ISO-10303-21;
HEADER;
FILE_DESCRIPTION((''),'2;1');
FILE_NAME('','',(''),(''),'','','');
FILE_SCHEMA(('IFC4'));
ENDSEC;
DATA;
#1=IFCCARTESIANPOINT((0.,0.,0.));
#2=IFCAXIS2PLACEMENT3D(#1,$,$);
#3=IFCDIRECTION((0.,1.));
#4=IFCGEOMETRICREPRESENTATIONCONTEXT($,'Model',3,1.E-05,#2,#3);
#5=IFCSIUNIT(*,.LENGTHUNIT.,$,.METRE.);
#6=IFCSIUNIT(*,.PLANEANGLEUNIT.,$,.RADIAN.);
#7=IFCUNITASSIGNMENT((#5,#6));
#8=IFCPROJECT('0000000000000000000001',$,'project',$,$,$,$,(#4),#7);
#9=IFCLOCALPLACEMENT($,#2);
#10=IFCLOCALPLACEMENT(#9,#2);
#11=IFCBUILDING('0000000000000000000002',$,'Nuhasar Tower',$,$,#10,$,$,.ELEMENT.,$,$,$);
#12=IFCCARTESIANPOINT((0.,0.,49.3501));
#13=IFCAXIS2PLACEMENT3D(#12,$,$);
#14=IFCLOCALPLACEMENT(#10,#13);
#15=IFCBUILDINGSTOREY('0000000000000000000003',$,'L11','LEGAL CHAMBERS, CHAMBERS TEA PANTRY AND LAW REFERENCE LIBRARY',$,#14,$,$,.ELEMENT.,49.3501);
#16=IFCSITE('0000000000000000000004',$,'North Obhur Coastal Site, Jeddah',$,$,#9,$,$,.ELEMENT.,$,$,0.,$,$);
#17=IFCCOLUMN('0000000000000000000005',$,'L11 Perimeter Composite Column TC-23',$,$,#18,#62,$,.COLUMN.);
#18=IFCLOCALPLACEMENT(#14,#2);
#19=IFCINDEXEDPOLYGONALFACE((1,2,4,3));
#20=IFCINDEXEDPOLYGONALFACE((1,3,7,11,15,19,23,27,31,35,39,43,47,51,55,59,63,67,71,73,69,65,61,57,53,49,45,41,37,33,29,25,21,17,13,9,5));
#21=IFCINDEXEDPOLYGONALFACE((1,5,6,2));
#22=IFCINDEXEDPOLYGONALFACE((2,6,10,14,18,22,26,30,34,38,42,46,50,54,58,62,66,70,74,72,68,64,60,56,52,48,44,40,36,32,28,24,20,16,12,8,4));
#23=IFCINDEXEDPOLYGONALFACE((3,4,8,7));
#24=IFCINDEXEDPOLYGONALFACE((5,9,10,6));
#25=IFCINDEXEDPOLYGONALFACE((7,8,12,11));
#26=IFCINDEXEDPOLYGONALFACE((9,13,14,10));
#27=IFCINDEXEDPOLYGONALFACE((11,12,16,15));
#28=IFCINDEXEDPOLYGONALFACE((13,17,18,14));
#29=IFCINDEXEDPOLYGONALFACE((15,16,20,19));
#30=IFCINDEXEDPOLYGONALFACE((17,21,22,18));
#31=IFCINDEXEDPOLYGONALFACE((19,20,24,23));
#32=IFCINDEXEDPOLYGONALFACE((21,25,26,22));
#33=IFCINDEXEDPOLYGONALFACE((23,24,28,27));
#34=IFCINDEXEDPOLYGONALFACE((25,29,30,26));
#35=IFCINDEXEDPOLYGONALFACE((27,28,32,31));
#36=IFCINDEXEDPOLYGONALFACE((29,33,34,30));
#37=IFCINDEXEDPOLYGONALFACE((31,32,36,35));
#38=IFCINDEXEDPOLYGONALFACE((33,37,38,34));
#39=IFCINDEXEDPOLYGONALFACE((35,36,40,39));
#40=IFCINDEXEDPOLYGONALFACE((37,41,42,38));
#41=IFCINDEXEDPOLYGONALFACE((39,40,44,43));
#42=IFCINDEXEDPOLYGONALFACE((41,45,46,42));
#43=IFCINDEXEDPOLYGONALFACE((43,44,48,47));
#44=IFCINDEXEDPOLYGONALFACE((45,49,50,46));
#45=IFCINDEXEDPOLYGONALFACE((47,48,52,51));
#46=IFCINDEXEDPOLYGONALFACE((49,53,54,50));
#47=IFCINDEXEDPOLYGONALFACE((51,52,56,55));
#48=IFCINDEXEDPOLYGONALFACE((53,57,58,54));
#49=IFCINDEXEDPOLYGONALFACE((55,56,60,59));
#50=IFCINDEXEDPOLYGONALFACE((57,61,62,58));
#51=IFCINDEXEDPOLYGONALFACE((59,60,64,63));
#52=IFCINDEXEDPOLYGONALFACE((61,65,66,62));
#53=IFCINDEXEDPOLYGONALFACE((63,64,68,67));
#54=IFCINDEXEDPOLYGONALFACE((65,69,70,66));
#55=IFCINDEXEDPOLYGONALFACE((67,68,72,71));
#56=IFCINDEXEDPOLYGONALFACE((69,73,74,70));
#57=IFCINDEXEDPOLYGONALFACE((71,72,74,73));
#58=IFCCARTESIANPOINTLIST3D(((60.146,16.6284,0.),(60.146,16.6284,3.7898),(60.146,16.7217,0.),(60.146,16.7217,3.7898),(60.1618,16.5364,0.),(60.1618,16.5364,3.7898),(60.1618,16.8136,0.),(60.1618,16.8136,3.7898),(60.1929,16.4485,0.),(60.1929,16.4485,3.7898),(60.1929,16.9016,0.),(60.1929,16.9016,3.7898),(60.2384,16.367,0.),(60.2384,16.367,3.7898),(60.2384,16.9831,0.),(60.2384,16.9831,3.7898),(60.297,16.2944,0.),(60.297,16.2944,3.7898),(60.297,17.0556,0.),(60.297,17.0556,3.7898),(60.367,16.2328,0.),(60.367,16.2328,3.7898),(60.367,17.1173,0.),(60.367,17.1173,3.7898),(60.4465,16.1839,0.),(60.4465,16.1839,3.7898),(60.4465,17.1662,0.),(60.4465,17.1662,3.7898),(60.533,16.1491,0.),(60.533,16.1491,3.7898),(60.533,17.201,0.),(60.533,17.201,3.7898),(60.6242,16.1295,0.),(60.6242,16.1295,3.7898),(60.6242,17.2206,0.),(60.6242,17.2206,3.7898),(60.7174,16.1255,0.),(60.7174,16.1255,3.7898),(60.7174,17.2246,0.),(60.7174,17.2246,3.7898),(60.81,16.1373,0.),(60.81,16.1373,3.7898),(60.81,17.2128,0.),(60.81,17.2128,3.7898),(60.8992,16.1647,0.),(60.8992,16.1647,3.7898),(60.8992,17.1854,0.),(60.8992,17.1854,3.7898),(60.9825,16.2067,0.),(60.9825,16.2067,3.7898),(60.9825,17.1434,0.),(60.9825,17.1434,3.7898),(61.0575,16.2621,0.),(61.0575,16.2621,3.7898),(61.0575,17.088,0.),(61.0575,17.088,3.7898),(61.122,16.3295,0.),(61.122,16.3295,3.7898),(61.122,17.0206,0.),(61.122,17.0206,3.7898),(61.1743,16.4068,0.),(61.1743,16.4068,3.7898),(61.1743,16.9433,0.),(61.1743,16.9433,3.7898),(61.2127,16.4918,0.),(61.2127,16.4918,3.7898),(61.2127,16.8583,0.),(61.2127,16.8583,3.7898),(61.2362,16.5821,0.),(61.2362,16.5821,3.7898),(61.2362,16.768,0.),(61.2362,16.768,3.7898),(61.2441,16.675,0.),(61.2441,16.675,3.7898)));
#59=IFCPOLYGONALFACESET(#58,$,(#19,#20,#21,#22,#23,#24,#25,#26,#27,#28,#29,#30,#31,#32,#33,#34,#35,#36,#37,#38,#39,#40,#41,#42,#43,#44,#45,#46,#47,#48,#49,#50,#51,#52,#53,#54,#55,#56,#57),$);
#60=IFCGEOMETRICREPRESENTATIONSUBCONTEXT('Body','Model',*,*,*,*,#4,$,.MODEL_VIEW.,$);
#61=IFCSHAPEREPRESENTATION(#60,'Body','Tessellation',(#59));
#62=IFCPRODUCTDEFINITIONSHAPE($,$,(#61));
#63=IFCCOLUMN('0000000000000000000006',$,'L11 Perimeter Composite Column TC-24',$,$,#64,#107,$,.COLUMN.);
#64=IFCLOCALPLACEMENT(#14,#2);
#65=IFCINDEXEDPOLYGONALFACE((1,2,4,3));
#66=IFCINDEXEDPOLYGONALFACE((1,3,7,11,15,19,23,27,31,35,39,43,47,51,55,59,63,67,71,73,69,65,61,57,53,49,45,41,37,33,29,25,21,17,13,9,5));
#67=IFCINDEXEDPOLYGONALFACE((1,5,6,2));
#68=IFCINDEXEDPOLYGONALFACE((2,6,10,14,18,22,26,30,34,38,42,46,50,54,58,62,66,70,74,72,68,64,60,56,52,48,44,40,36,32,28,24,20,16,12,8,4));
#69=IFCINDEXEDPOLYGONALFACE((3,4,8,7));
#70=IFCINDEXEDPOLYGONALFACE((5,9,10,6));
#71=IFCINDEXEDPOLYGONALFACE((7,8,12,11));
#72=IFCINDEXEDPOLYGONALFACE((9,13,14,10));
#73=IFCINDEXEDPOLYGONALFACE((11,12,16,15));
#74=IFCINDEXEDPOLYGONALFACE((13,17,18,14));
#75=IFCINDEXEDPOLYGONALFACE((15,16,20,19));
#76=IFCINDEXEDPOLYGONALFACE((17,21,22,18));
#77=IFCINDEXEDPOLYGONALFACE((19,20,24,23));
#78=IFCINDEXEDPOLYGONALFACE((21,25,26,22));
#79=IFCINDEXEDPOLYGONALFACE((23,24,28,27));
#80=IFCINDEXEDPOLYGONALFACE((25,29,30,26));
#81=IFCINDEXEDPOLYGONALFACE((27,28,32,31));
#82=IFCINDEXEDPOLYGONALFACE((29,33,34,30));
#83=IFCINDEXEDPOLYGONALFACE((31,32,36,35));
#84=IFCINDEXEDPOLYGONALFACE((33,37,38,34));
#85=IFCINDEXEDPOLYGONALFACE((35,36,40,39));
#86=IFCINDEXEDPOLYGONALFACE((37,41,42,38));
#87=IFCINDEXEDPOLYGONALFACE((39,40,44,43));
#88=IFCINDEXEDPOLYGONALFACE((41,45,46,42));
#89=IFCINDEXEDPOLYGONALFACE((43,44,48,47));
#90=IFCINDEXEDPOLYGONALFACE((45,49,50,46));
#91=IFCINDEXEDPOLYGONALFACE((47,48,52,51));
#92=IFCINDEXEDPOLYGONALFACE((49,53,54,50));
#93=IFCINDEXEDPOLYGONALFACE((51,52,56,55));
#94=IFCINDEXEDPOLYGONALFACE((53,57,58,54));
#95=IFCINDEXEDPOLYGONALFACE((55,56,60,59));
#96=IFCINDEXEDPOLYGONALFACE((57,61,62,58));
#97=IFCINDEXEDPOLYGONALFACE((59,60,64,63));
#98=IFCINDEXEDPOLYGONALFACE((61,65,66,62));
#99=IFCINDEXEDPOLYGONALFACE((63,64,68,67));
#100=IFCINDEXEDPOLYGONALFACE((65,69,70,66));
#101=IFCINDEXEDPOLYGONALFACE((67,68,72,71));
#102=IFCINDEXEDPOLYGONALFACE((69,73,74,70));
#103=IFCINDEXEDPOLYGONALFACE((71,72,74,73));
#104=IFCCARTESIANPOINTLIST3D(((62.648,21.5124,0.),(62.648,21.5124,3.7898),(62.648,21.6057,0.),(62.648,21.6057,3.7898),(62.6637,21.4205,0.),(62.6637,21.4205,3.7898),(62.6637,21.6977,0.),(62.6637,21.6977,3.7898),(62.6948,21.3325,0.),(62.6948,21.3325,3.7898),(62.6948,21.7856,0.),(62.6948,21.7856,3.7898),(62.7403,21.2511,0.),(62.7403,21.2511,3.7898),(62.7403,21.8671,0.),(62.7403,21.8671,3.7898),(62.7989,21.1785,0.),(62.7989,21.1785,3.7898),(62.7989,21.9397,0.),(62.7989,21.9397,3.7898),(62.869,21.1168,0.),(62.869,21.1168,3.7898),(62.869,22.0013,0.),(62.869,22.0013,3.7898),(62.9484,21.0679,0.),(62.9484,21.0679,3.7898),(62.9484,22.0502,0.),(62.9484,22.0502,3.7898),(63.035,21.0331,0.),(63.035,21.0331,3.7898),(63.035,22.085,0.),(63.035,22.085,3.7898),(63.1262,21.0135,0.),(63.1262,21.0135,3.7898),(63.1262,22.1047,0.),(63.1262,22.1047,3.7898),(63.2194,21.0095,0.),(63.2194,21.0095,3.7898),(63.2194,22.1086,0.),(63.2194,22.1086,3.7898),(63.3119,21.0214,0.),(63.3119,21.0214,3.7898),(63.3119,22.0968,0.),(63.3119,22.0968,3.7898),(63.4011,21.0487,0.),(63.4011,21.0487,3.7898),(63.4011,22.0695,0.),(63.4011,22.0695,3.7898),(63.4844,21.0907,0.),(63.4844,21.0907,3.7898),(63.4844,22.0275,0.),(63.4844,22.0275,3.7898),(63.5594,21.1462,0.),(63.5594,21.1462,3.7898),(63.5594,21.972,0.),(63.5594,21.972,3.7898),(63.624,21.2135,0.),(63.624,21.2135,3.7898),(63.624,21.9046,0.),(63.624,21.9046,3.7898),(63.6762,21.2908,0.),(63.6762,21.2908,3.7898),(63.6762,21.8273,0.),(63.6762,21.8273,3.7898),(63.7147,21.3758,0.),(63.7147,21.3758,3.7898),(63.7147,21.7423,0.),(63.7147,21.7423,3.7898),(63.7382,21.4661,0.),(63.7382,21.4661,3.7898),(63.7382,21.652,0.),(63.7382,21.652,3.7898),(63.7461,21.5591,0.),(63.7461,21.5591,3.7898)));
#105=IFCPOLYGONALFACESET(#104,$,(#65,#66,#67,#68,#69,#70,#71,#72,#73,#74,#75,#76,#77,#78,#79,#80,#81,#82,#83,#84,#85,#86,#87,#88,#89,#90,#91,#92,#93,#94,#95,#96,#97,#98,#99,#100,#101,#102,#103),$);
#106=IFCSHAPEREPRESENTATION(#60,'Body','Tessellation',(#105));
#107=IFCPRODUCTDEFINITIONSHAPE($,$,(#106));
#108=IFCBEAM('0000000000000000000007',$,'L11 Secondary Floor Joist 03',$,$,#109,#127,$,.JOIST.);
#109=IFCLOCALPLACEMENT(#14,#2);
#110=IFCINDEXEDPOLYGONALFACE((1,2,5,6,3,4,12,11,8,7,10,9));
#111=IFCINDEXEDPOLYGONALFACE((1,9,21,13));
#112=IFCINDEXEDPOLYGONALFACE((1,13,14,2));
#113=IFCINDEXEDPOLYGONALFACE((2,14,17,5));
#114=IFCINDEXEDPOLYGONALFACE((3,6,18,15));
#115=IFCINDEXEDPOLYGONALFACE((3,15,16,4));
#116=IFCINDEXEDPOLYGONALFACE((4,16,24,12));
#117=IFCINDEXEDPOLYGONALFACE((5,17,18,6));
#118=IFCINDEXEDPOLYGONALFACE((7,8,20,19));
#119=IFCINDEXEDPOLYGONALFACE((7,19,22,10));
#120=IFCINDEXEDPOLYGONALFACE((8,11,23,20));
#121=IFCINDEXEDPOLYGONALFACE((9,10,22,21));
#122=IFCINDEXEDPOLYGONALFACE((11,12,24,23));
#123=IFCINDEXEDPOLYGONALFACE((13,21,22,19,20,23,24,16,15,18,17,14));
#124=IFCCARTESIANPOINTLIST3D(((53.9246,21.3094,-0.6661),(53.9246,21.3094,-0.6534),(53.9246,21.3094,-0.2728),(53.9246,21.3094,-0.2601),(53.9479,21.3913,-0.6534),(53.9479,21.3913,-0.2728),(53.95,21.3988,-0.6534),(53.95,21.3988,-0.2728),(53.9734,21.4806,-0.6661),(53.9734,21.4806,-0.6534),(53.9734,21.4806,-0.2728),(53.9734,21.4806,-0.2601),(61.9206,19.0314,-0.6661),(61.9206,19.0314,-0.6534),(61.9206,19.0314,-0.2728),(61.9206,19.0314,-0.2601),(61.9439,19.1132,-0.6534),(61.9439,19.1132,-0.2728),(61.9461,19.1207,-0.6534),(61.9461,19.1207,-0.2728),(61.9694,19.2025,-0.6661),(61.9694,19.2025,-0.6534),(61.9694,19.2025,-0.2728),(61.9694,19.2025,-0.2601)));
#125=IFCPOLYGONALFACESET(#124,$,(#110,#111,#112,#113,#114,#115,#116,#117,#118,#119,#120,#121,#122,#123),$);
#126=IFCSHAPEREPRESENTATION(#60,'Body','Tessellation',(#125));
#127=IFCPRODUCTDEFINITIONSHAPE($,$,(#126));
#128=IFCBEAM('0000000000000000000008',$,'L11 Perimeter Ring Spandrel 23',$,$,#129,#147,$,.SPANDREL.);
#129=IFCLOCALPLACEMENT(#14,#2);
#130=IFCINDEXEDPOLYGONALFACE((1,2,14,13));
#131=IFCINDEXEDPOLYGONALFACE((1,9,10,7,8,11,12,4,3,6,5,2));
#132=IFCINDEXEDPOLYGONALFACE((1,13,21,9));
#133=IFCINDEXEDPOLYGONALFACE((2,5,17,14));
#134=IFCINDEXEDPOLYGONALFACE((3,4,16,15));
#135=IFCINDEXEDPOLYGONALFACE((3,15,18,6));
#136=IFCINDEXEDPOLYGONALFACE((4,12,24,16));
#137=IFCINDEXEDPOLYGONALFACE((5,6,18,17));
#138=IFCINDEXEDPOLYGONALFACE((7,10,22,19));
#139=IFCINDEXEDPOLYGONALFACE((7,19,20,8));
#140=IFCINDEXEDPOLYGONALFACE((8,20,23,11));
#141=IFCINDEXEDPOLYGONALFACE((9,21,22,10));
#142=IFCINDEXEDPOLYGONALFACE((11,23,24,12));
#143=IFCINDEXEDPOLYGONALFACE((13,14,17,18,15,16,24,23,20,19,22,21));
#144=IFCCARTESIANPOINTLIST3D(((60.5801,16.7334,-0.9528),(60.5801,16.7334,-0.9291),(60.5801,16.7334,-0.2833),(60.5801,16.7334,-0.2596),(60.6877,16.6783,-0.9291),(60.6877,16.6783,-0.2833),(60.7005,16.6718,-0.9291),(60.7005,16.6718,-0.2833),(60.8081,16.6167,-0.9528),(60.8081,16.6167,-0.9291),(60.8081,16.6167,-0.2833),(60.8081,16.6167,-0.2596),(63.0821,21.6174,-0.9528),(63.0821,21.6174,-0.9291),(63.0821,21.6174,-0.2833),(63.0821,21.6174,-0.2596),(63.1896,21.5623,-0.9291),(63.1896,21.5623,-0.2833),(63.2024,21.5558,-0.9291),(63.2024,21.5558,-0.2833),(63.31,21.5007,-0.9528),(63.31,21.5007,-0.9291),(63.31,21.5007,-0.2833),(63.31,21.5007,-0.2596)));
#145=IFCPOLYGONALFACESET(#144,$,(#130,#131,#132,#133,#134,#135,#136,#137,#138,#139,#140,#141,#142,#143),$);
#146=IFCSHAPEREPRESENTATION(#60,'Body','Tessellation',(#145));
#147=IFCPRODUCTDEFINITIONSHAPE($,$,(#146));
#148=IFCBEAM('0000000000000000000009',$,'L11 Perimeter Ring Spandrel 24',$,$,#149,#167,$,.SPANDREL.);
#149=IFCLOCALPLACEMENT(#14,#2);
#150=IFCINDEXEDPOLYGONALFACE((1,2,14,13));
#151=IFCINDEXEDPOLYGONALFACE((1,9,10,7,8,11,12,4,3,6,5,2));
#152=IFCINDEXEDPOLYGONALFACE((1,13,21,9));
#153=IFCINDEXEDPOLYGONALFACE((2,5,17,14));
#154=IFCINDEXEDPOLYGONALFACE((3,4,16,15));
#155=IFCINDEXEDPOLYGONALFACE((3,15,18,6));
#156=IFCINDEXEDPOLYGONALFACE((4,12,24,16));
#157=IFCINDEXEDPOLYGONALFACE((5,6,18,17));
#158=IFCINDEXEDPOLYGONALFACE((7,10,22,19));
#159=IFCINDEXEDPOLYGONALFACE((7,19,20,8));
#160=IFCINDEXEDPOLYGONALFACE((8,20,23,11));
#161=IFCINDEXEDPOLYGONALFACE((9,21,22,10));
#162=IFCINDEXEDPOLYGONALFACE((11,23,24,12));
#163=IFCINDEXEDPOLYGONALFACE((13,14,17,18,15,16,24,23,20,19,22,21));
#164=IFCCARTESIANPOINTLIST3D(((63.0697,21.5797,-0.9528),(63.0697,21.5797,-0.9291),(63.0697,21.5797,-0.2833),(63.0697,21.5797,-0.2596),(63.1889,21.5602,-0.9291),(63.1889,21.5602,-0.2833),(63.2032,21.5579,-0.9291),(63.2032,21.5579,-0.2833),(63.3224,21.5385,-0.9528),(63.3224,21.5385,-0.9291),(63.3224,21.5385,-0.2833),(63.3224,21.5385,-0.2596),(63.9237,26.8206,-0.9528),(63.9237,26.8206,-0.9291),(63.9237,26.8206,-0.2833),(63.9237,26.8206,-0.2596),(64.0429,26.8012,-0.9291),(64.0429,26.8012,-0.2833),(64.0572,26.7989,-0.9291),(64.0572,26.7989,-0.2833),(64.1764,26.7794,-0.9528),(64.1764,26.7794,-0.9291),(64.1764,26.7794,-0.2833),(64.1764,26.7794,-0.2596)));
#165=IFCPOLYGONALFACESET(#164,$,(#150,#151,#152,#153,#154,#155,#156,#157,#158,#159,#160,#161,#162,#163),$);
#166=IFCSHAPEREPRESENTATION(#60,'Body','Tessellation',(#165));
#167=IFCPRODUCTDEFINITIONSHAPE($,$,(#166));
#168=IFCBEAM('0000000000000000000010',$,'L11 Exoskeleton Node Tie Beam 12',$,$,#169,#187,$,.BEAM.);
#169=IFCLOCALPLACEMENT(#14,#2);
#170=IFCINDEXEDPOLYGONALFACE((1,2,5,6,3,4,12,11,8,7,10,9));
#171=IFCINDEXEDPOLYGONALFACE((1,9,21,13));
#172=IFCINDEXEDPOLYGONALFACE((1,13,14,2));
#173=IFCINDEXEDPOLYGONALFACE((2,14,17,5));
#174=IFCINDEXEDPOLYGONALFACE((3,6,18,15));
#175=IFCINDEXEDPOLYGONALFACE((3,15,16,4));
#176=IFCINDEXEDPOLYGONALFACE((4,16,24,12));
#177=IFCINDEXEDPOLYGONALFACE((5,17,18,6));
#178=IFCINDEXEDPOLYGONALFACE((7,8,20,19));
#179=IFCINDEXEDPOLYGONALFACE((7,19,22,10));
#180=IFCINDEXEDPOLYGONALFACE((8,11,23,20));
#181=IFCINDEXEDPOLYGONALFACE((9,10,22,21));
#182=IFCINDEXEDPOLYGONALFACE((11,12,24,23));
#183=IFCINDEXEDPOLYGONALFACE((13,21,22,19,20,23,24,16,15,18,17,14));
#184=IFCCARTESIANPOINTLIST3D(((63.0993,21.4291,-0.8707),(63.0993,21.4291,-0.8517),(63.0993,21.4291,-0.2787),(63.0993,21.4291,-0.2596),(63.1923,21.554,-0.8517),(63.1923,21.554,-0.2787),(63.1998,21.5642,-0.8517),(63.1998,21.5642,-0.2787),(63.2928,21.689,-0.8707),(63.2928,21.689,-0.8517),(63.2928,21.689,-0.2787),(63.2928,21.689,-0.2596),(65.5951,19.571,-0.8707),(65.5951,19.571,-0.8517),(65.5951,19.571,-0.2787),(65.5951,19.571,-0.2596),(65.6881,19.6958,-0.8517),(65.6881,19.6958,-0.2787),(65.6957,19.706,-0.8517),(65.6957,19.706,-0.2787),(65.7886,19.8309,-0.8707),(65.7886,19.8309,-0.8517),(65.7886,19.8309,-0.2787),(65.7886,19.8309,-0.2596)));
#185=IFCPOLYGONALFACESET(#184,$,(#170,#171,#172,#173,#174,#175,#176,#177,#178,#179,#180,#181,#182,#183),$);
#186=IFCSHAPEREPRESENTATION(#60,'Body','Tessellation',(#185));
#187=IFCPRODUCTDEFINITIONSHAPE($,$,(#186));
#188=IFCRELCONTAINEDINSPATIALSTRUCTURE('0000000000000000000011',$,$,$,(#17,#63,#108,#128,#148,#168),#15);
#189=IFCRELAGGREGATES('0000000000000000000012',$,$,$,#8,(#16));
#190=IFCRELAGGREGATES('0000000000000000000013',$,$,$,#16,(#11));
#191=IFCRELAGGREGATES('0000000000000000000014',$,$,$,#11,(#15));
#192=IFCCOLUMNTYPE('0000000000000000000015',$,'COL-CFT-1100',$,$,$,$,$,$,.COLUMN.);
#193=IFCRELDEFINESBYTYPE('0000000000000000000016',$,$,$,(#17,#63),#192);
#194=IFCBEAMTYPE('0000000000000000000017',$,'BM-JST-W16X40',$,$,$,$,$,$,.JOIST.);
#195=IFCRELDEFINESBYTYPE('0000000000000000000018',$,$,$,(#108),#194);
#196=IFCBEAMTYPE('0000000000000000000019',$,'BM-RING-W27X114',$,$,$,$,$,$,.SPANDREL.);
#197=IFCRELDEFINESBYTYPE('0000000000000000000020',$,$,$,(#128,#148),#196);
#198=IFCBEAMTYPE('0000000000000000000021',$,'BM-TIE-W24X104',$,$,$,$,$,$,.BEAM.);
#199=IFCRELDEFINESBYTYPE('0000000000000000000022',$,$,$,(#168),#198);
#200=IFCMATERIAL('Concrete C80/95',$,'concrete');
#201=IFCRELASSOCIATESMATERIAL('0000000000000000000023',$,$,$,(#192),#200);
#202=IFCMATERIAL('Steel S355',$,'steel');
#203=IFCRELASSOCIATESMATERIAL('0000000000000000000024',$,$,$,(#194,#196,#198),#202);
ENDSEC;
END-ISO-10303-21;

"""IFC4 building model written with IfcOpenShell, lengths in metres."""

from ifc_helpers import new_model, si_unit, direction, frame, origin, origin_2d, place, context, subcontext, project, spatial, circle, i_section, extrude, material, material_profile, profile_set, type_object, element, save


model = new_model("IFC4")

# Units and contexts
model_context = context("Model", 3, precision=1e-05, world=origin(), true_north=direction((0.0, 1.0)))
body_context = subcontext(model_context, "Body", "Model", "MODEL_VIEW")
ifc_project = project(units=[si_unit("LENGTHUNIT", "METRE"), si_unit("PLANEANGLEUNIT", "RADIAN")], contexts=[model_context])

# Site, building, storey
site_placement = place(None, origin())
site = spatial("IfcSite", under=ifc_project, at=site_placement, Name="North Obhur Coastal Site, Jeddah", CompositionType="ELEMENT", RefElevation=0.0)
building_placement = place(site_placement, origin())
building = spatial("IfcBuilding", under=site, at=building_placement, Name="Nuhasar Tower", CompositionType="ELEMENT")
storey_placement = place(building_placement, frame((0.0, 0.0, 49.3501)))
storey = spatial("IfcBuildingStorey", under=building, at=storey_placement, Name="L11", Description="LEGAL CHAMBERS, CHAMBERS TEA PANTRY AND LAW REFERENCE LIBRARY", CompositionType="ELEMENT", Elevation=49.3501)

# Columns
ifc_material_1 = material(Name="Concrete C80/95", Category="concrete")
ifc_material_profile_1 = material_profile(ifc_material_1, circle(Radius=0.55, at=origin_2d()), Name="CFT1100")
ifc_profile_set_1 = profile_set([ifc_material_profile_1], Name="Concrete C80/95")
column_type = type_object("IfcColumnType", Name="COL-CFT-1100", PredefinedType="COLUMN", material=ifc_profile_set_1)
for number, where, z_axis, x_axis, name in (
    (1, (60.6941, 16.675, 0.0), (0.0, 0.0, 1.0), (1.0, 0.0, 0.0), "L11 Perimeter Composite Column TC-23"),
    (2, (63.196, 21.5591, 0.0), (0.0, 0.0, 1.0), (1.0, 0.0, 0.0), "L11 Perimeter Composite Column TC-24"),
):
    element("IfcColumn", number, at=place(storey_placement, frame(where, z_axis=z_axis, x_axis=x_axis)), inside=storey, type_object=column_type, Name=name, PredefinedType="COLUMN", context=body_context, shape_type="SweptSolid", body=[
        extrude(circle(Radius=0.55, at=origin_2d()), origin(), (0.0, 0.0, 1.0), 3.7898),
    ])

# Beams
ifc_material_2 = material(Name="Steel S355", Category="steel")
ifc_material_profile_2 = material_profile(ifc_material_2, i_section(OverallWidth=0.178, OverallDepth=0.406, WebThickness=0.0078, FlangeThickness=0.0127, at=origin_2d()), Name="W16X40")
ifc_profile_set_2 = profile_set([ifc_material_profile_2], Name="Steel S355")
beam_type_1 = type_object("IfcBeamType", Name="BM-JST-W16X40", PredefinedType="JOIST", material=ifc_profile_set_2)
beam_1_placement = place(storey_placement, frame((53.949, 21.395, -0.4631), z_axis=(0.961731, -0.273996, 0.0), x_axis=(0.273996, 0.961731, 0.0)))
element("IfcBeam", 3, at=beam_1_placement, inside=storey, type_object=beam_type_1, Name="L11 Secondary Floor Joist 03", PredefinedType="JOIST", context=body_context, shape_type="SweptSolid", body=[
    extrude(i_section(OverallWidth=0.178, OverallDepth=0.406, WebThickness=0.0078, FlangeThickness=0.0127, at=origin_2d()), origin(), (0.0, 0.0, 1.0), 8.3142),
])
ifc_material_profile_3 = material_profile(ifc_material_2, i_section(OverallWidth=0.2561, OverallDepth=0.6931, WebThickness=0.0144, FlangeThickness=0.0237, at=origin_2d()), Name="W27X114")
ifc_profile_set_3 = profile_set([ifc_material_profile_3], Name="Steel S355")
beam_type_2 = type_object("IfcBeamType", Name="BM-RING-W27X114", PredefinedType="SPANDREL", material=ifc_profile_set_3)
beam_2_placement = place(storey_placement, frame((60.6941, 16.675, -0.6062), z_axis=(0.45593, 0.890016, 0.0), x_axis=(-0.890016, 0.45593, 0.0)))
element("IfcBeam", 4, at=beam_2_placement, inside=storey, type_object=beam_type_2, Name="L11 Perimeter Ring Spandrel 23", PredefinedType="SPANDREL", context=body_context, shape_type="SweptSolid", body=[
    extrude(i_section(OverallWidth=0.2561, OverallDepth=0.6931, WebThickness=0.0144, FlangeThickness=0.0237, at=origin_2d()), origin(), (0.0, 0.0, 1.0), 5.4875),
])
beam_3_placement = place(storey_placement, frame((63.196, 21.5591, -0.6062), z_axis=(0.160827, 0.986983, 0.0), x_axis=(-0.986983, 0.160827, 0.0)))
element("IfcBeam", 5, at=beam_3_placement, inside=storey, type_object=beam_type_2, Name="L11 Perimeter Ring Spandrel 24", PredefinedType="SPANDREL", context=body_context, shape_type="SweptSolid", body=[
    extrude(i_section(OverallWidth=0.2561, OverallDepth=0.6931, WebThickness=0.0144, FlangeThickness=0.0237, at=origin_2d()), origin(), (0.0, 0.0, 1.0), 5.3101),
])
ifc_material_profile_4 = material_profile(ifc_material_2, i_section(OverallWidth=0.324, OverallDepth=0.6111, WebThickness=0.0127, FlangeThickness=0.019, at=origin_2d()), Name="W24X104")
ifc_profile_set_4 = profile_set([ifc_material_profile_4], Name="Steel S355")
beam_type_3 = type_object("IfcBeamType", Name="BM-TIE-W24X104", PredefinedType="BEAM", material=ifc_profile_set_4)
beam_4_placement = place(storey_placement, frame((63.196, 21.5591, -0.5652), z_axis=(0.802113, -0.597172, 0.0), x_axis=(0.597172, 0.802113, 0.0)))
element("IfcBeam", 6, at=beam_4_placement, inside=storey, type_object=beam_type_3, Name="L11 Exoskeleton Node Tie Beam 12", PredefinedType="BEAM", context=body_context, shape_type="SweptSolid", body=[
    extrude(i_section(OverallWidth=0.324, OverallDepth=0.6111, WebThickness=0.0127, FlangeThickness=0.019, at=origin_2d()), origin(), (0.0, 0.0, 1.0), 3.1116),
])

save(model, "model.ifc")
